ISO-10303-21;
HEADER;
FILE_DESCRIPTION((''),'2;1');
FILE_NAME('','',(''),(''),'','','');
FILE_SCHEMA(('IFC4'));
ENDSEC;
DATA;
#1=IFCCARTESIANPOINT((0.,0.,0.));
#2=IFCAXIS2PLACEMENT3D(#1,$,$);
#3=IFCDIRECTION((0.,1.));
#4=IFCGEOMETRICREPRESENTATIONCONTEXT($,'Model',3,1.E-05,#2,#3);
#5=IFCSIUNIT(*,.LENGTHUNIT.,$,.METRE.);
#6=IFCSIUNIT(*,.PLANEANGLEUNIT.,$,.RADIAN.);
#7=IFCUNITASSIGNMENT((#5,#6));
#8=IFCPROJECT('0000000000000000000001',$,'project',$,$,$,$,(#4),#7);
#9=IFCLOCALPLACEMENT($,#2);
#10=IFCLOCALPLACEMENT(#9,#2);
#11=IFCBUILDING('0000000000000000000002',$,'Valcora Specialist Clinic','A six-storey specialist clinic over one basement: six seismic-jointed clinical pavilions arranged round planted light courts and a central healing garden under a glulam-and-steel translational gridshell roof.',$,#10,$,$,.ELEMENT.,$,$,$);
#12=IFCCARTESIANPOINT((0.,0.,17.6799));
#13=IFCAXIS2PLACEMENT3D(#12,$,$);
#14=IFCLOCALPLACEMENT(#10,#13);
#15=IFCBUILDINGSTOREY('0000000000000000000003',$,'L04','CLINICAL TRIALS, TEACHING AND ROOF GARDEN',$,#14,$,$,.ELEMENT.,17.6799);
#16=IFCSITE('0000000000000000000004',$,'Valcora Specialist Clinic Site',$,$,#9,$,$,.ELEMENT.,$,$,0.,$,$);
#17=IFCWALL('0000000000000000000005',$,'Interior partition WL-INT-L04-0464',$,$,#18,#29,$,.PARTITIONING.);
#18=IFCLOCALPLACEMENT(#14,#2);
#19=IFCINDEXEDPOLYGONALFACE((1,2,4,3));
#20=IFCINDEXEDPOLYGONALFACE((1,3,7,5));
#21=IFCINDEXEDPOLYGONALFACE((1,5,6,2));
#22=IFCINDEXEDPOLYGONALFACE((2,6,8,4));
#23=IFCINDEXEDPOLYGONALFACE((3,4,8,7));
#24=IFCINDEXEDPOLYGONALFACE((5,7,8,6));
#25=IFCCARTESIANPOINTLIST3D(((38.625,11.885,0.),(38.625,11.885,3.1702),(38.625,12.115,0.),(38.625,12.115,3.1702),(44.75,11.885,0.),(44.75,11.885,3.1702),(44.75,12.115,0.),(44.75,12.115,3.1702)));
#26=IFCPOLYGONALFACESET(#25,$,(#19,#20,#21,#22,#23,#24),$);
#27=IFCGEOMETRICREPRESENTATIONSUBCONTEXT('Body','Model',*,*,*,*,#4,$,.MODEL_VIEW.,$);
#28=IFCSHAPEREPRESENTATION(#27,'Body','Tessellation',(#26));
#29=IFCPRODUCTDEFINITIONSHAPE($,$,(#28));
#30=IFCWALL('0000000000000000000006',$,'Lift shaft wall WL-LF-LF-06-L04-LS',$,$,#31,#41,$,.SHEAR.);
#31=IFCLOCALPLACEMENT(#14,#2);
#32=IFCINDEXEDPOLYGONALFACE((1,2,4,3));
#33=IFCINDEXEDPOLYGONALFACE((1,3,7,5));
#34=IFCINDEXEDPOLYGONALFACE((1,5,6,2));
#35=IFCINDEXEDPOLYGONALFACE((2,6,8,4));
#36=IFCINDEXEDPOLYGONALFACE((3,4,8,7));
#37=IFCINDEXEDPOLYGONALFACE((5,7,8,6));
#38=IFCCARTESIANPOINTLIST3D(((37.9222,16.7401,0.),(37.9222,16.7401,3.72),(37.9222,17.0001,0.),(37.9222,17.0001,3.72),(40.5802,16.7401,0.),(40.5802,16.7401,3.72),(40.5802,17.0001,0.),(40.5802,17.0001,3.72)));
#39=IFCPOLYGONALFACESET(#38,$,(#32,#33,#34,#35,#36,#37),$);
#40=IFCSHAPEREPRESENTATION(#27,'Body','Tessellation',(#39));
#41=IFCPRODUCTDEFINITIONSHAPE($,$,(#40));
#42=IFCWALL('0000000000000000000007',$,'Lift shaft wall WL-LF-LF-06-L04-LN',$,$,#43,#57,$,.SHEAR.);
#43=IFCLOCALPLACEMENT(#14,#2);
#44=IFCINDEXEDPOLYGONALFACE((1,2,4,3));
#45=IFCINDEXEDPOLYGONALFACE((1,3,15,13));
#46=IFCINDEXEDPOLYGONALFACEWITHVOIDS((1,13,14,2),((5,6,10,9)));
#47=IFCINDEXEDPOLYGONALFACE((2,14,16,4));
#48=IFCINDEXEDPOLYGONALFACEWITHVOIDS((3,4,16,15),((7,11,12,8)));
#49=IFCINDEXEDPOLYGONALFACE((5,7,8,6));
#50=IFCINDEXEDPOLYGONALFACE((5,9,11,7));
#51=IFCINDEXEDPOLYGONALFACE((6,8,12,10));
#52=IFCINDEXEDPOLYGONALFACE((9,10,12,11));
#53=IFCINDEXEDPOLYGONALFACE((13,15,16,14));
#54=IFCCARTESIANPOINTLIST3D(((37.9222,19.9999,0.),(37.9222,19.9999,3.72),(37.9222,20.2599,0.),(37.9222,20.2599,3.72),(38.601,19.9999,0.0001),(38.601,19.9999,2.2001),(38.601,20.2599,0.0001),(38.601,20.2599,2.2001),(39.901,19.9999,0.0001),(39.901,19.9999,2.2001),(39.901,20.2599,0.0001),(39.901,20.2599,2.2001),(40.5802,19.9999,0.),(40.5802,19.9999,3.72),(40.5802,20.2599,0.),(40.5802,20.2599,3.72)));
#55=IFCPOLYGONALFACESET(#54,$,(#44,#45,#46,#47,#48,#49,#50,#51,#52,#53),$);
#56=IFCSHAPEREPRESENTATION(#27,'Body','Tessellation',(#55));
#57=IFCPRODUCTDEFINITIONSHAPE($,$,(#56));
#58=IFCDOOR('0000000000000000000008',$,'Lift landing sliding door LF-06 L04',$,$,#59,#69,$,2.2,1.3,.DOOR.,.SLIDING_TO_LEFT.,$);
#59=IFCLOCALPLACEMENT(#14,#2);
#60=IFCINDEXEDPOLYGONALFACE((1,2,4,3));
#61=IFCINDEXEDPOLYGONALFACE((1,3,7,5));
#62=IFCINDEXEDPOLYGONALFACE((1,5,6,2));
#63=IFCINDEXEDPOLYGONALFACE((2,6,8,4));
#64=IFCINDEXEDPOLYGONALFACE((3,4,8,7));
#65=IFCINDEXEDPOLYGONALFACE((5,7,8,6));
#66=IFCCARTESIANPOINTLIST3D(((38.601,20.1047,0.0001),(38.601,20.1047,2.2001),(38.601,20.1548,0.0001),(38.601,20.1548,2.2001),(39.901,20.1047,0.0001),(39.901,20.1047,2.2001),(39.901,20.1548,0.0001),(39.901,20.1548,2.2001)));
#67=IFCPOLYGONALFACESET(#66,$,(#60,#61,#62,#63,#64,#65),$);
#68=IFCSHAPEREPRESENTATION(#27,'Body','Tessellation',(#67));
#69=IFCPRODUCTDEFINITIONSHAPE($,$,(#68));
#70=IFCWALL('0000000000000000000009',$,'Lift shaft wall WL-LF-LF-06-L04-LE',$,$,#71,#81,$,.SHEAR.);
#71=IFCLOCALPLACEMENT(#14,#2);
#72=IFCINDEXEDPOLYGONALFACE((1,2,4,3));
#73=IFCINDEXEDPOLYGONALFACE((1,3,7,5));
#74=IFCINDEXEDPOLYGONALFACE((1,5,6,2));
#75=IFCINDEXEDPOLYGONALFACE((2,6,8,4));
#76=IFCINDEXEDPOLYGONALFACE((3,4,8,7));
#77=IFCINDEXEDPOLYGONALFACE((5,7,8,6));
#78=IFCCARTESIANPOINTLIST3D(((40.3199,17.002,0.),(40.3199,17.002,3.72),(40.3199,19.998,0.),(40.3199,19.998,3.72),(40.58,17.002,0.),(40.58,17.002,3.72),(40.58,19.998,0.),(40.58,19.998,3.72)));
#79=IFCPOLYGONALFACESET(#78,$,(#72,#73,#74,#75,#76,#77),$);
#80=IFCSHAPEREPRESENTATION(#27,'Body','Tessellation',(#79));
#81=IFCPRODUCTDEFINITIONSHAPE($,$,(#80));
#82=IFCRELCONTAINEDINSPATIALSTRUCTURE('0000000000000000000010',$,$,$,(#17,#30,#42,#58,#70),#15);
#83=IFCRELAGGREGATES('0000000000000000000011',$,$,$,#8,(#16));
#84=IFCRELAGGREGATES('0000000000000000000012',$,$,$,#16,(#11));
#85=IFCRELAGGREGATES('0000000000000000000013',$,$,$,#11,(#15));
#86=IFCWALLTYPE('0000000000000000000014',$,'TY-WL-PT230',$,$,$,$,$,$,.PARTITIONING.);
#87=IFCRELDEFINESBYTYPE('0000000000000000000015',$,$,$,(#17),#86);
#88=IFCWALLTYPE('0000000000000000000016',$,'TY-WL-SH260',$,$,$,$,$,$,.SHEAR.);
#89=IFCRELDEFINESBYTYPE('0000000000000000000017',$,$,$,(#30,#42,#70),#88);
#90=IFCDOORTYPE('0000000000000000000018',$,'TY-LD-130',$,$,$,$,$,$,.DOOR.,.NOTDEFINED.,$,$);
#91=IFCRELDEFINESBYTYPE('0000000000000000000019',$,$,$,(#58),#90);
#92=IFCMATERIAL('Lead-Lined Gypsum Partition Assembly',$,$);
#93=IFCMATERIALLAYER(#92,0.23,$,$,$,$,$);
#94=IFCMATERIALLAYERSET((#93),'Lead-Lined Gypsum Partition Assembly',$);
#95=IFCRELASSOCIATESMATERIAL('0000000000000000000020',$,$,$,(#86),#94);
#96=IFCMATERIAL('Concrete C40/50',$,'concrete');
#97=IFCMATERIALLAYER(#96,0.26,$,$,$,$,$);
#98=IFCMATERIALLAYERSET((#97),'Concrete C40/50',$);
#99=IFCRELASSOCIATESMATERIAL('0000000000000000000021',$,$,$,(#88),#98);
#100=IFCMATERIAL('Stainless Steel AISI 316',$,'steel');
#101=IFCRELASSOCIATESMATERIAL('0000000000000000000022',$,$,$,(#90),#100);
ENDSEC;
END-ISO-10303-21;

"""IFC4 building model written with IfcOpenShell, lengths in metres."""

from ifc_helpers import new_model, si_unit, direction, frame, frame_2d, origin, place, context, subcontext, project, spatial, rectangle, extrude, material, layer, layer_set, type_object, element, fill, save


model = new_model("IFC4")

# Units and contexts
model_context = context("Model", 3, precision=1e-05, world=origin(), true_north=direction((0.0, 1.0)))
body_context = subcontext(model_context, "Body", "Model", "MODEL_VIEW")
ifc_project = project(units=[si_unit("LENGTHUNIT", "METRE"), si_unit("PLANEANGLEUNIT", "RADIAN")], contexts=[model_context])

# Site, building, storey
site_placement = place(None, origin())
site = spatial("IfcSite", under=ifc_project, at=site_placement, Name="Valcora Specialist Clinic Site", CompositionType="ELEMENT", RefElevation=0.0)
building_placement = place(site_placement, origin())
building = spatial("IfcBuilding", under=site, at=building_placement, Name="Valcora Specialist Clinic", Description="A six-storey specialist clinic over one basement: six seismic-jointed clinical pavilions arranged round planted light courts and a central healing garden under a glulam-and-steel translational gridshell roof.", CompositionType="ELEMENT")
storey_placement = place(building_placement, frame((0.0, 0.0, 17.6799)))
storey = spatial("IfcBuildingStorey", under=building, at=storey_placement, Name="L04", Description="CLINICAL TRIALS, TEACHING AND ROOF GARDEN", CompositionType="ELEMENT", Elevation=17.6799)

# Shared definitions
ifc_material_1 = material(Name="Concrete C40/50", Category="concrete")

# Walls
ifc_material_2 = material(Name="Lead-Lined Gypsum Partition Assembly")
ifc_layer_1 = layer(ifc_material_2, 0.23)
ifc_layer_set_1 = layer_set([ifc_layer_1], Name="Lead-Lined Gypsum Partition Assembly")
wall_type_1 = type_object("IfcWallType", Name="TY-WL-PT230", PredefinedType="PARTITIONING", material=ifc_layer_set_1)
wall_1_placement = place(storey_placement, frame((38.625, 12.0, 0.0), z_axis=(0.0, 0.0, 1.0), x_axis=(1.0, 0.0, 0.0)))
element("IfcWall", 1, at=wall_1_placement, inside=storey, type_object=wall_type_1, Name="Interior partition WL-INT-L04-0464", PredefinedType="PARTITIONING", context=body_context, shape_type="SweptSolid", body=[
    extrude(rectangle(XDim=6.125, YDim=0.23, at=frame_2d((3.0625, 0.0))), origin(), (0.0, 0.0, 1.0), 3.1702),
])
ifc_layer_2 = layer(ifc_material_1, 0.26)
ifc_layer_set_2 = layer_set([ifc_layer_2], Name="Concrete C40/50")
wall_type_2 = type_object("IfcWallType", Name="TY-WL-SH260", PredefinedType="SHEAR", material=ifc_layer_set_2)
wall_2_placement = place(storey_placement, frame((37.9221, 16.8701, 0.0), z_axis=(0.0, 0.0, 1.0), x_axis=(1.0, 0.0, 0.0)))
element("IfcWall", 2, at=wall_2_placement, inside=storey, type_object=wall_type_2, Name="Lift shaft wall WL-LF-LF-06-L04-LS", PredefinedType="SHEAR", context=body_context, shape_type="SweptSolid", body=[
    extrude(rectangle(XDim=2.658, YDim=0.26, at=frame_2d((1.3291, 0.0))), origin(), (0.0, 0.0, 1.0), 3.72),
])

# Wall, opening, door
wall_3_placement = place(storey_placement, frame((37.9221, 20.1299, 0.0), z_axis=(0.0, 0.0, 1.0), x_axis=(1.0, 0.0, 0.0)))
wall_3 = element("IfcWall", 3, at=wall_3_placement, inside=storey, type_object=wall_type_2, Name="Lift shaft wall WL-LF-LF-06-L04-LN", PredefinedType="SHEAR", context=body_context, shape_type="SweptSolid", body=[
    extrude(rectangle(XDim=2.658, YDim=0.26, at=frame_2d((1.3291, 0.0))), origin(), (0.0, 0.0, 1.0), 3.72),
])
opening_1_placement = place(wall_3_placement, frame((0.679, 0.0, 0.0)))
opening_1 = element("IfcOpeningElement", 4, at=opening_1_placement, cuts=wall_3, PredefinedType="OPENING", context=body_context, shape_type="SweptSolid", body=[
    extrude(rectangle(XDim=1.3, YDim=2.2, at=frame_2d((0.6499, 1.1001))), frame((0.0, 0.1399, 0.0), z_axis=(0.0, -1.0, 0.0), x_axis=(1.0, 0.0, 0.0)), (0.0, 0.0, 1.0), 0.28),
])
ifc_material_3 = material(Name="Stainless Steel AISI 316", Category="steel")
door_type_1 = type_object("IfcDoorType", Name="TY-LD-130", OperationType="NOTDEFINED", PredefinedType="DOOR", material=ifc_material_3)
door_1_placement = place(opening_1_placement, origin())
door_1 = element("IfcDoor", 5, at=door_1_placement, inside=storey, type_object=door_type_1, Name="Lift landing sliding door LF-06 L04", OperationType="SLIDING_TO_LEFT", OverallHeight=2.2, OverallWidth=1.3, PredefinedType="DOOR", context=body_context, shape_type="SweptSolid", body=[
    extrude(rectangle(XDim=1.3, YDim=2.2, at=frame_2d((0.6499, 1.1001))), frame((0.0, 0.0249, 0.0), z_axis=(0.0, -1.0, 0.0), x_axis=(1.0, 0.0, 0.0)), (0.0, 0.0, 1.0), 0.05),
])
fill(opening_1, door_1)

# Wall
wall_4_placement = place(storey_placement, frame((40.45, 17.002, 0.0), z_axis=(0.0, 0.0, 1.0), x_axis=(0.0, 1.0, 0.0)))
element("IfcWall", 6, at=wall_4_placement, inside=storey, type_object=wall_type_2, Name="Lift shaft wall WL-LF-LF-06-L04-LE", PredefinedType="SHEAR", context=body_context, shape_type="SweptSolid", body=[
    extrude(rectangle(XDim=2.9961, YDim=0.26, at=frame_2d((1.498, 0.0))), origin(), (0.0, 0.0, 1.0), 3.72),
])

save(model, "model.ifc")
